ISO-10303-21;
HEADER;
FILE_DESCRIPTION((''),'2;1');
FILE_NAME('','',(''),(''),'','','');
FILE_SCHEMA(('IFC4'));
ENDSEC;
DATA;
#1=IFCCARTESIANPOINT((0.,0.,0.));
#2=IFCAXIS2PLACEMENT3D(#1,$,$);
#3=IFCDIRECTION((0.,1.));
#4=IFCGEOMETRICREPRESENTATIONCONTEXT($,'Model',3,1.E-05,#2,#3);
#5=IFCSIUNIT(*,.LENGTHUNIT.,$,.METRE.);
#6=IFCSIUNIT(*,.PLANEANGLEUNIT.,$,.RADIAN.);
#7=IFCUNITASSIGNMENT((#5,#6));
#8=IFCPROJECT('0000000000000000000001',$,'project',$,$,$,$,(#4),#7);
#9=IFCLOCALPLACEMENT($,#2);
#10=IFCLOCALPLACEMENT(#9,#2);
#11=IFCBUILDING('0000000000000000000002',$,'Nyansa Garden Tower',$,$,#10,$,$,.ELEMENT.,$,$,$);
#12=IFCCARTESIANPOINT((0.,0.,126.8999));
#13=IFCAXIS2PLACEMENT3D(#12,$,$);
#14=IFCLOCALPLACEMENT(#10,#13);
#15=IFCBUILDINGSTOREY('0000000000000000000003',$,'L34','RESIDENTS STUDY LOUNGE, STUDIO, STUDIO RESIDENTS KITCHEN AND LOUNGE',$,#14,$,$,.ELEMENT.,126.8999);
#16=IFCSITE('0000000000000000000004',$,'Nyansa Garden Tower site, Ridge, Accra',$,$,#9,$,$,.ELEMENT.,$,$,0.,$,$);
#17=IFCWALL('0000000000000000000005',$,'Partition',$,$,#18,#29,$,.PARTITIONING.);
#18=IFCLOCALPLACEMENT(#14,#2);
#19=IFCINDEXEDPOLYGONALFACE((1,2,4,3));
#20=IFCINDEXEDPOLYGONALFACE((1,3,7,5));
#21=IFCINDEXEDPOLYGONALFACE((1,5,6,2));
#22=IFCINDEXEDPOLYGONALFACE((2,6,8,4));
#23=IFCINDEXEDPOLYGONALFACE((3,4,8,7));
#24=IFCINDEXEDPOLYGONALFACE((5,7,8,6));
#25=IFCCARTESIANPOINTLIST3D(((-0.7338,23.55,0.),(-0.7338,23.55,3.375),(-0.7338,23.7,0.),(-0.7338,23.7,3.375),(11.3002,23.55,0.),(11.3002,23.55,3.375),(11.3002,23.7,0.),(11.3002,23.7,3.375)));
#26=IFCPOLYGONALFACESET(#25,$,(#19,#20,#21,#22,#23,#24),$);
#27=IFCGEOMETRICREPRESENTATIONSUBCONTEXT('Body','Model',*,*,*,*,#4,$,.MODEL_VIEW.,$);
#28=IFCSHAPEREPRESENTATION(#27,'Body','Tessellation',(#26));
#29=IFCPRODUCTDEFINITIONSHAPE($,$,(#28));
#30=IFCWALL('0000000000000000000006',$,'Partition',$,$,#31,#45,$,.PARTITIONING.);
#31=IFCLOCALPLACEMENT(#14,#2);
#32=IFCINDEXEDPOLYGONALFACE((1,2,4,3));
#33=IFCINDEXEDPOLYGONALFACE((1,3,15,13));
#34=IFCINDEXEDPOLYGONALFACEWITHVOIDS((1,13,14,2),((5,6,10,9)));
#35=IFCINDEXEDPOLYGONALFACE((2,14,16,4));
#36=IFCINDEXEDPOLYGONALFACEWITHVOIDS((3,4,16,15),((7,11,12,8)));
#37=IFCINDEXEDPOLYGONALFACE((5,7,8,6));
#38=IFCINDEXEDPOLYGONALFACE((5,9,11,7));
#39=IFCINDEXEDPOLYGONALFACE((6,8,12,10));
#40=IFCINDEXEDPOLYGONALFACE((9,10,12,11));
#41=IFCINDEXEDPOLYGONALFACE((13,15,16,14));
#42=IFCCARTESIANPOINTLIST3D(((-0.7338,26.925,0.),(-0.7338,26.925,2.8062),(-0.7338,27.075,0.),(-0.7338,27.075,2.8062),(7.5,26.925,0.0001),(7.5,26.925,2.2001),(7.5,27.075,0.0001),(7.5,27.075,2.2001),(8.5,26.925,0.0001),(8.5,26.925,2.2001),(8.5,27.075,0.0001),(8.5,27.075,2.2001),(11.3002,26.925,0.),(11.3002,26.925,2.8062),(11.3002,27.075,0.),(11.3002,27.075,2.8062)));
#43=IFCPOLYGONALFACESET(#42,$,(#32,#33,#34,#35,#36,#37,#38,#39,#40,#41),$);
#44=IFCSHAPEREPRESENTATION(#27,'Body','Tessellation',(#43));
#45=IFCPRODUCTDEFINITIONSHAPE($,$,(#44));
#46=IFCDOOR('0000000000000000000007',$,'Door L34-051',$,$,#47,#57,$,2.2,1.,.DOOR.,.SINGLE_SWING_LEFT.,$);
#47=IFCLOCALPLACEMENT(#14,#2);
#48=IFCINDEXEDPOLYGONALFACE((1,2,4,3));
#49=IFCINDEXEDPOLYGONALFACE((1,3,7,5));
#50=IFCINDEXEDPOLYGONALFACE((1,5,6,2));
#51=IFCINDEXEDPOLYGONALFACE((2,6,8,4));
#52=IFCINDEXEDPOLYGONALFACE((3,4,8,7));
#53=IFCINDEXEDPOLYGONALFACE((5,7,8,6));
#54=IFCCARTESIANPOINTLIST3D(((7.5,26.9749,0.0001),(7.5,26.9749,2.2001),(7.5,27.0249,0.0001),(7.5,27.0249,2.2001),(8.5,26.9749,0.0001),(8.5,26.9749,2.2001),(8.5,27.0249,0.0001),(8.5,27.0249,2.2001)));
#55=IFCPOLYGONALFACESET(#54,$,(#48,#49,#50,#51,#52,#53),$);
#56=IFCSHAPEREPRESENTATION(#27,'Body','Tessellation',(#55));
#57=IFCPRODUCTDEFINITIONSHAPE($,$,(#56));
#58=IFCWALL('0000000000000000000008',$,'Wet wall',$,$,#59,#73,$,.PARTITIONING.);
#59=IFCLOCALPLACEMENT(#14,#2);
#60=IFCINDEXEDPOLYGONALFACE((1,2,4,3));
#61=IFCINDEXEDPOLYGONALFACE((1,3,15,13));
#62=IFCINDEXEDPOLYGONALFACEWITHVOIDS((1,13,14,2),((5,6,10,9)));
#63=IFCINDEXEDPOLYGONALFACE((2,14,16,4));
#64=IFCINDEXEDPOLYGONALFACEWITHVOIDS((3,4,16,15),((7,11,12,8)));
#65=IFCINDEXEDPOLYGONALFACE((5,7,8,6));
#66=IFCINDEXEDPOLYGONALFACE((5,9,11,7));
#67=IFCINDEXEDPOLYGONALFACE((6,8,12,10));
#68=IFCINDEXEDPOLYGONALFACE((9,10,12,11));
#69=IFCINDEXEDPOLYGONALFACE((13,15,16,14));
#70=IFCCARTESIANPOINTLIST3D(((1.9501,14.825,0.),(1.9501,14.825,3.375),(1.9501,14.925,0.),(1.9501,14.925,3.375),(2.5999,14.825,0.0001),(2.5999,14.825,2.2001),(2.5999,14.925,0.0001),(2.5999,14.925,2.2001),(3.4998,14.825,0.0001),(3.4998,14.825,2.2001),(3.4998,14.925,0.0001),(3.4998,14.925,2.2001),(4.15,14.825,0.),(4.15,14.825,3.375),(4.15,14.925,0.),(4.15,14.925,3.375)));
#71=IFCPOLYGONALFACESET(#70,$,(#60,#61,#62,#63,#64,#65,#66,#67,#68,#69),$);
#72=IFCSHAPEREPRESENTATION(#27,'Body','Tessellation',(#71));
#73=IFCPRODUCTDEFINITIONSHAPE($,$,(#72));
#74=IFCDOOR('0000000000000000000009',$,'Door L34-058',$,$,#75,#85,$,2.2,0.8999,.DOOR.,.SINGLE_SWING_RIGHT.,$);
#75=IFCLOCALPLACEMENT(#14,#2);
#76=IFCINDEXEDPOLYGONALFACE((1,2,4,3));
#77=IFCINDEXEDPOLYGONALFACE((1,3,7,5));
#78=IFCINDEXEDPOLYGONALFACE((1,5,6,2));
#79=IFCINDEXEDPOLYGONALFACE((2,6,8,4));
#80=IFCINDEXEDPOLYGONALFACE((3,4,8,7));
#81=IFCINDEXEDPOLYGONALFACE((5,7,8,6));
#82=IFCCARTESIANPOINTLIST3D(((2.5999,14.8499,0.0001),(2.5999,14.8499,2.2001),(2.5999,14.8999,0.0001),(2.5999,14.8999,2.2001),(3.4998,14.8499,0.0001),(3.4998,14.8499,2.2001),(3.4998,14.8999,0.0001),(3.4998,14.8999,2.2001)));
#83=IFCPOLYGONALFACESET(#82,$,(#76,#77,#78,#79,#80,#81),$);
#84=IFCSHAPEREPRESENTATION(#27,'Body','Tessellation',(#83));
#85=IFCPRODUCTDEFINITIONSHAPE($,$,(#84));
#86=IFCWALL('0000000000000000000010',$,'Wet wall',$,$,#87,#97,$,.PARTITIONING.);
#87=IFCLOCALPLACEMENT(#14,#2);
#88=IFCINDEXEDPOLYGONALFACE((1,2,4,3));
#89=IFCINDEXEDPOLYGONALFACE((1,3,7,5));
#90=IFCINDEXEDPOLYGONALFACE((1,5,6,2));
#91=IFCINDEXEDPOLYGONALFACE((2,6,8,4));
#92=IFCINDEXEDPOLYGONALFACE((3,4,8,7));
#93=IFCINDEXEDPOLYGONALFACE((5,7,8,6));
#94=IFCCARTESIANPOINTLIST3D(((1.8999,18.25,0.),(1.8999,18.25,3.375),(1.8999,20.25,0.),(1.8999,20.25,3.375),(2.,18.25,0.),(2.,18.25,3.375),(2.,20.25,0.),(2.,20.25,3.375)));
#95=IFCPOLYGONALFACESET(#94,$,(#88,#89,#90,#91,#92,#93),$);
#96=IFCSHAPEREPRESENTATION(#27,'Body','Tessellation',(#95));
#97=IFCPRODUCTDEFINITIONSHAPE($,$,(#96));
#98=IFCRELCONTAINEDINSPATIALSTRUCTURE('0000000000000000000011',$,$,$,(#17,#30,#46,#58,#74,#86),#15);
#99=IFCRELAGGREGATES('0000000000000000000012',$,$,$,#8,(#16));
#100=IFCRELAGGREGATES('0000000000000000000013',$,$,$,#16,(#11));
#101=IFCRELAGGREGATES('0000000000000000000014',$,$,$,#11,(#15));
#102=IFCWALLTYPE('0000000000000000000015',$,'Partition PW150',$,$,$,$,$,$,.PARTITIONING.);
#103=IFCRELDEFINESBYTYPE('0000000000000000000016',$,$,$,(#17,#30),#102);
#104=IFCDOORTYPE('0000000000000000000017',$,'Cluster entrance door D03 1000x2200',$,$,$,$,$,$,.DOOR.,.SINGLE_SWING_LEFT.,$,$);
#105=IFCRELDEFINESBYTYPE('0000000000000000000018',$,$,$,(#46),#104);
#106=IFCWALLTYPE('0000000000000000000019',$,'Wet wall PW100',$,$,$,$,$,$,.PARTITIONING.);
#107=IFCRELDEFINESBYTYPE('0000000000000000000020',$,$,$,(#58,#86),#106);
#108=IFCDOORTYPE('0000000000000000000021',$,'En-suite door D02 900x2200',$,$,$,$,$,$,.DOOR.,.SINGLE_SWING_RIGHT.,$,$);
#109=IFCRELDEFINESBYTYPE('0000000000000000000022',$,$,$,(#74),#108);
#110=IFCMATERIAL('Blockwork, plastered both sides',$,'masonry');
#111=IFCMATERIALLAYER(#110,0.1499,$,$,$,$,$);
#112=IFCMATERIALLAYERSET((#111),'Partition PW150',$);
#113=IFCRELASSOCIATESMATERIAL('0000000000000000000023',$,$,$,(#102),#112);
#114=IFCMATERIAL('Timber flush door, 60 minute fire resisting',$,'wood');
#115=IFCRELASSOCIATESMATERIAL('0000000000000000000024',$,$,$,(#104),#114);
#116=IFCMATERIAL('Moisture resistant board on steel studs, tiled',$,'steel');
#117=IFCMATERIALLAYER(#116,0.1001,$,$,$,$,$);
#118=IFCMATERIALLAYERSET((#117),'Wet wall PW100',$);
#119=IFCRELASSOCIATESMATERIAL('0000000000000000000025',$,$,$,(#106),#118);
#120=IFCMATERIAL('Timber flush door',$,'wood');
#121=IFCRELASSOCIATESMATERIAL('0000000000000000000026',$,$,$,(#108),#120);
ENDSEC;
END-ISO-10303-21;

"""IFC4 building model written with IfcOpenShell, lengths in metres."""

from ifc_helpers import new_model, si_unit, direction, frame, frame_2d, origin, place, context, subcontext, project, spatial, rectangle, extrude, material, layer, layer_set, type_object, element, fill, save


model = new_model("IFC4")

# Units and contexts
model_context = context("Model", 3, precision=1e-05, world=origin(), true_north=direction((0.0, 1.0)))
body_context = subcontext(model_context, "Body", "Model", "MODEL_VIEW")
ifc_project = project(units=[si_unit("LENGTHUNIT", "METRE"), si_unit("PLANEANGLEUNIT", "RADIAN")], contexts=[model_context])

# Site, building, storey
site_placement = place(None, origin())
site = spatial("IfcSite", under=ifc_project, at=site_placement, Name="Nyansa Garden Tower site, Ridge, Accra", CompositionType="ELEMENT", RefElevation=0.0)
building_placement = place(site_placement, origin())
building = spatial("IfcBuilding", under=site, at=building_placement, Name="Nyansa Garden Tower", CompositionType="ELEMENT")
storey_placement = place(building_placement, frame((0.0, 0.0, 126.8999)))
storey = spatial("IfcBuildingStorey", under=building, at=storey_placement, Name="L34", Description="RESIDENTS STUDY LOUNGE, STUDIO, STUDIO RESIDENTS KITCHEN AND LOUNGE", CompositionType="ELEMENT", Elevation=126.8999)

# Wall
ifc_material_1 = material(Name="Blockwork, plastered both sides", Category="masonry")
ifc_layer_1 = layer(ifc_material_1, 0.1499)
ifc_layer_set_1 = layer_set([ifc_layer_1], Name="Partition PW150")
wall_type_1 = type_object("IfcWallType", Name="Partition PW150", PredefinedType="PARTITIONING", material=ifc_layer_set_1)
wall_1_placement = place(storey_placement, frame((-0.7339, 23.625, 0.0), z_axis=(0.0, 0.0, 1.0), x_axis=(1.0, 0.0, 0.0)))
element("IfcWall", 1, at=wall_1_placement, inside=storey, type_object=wall_type_1, Name="Partition", PredefinedType="PARTITIONING", context=body_context, shape_type="SweptSolid", body=[
    extrude(rectangle(XDim=12.0339, YDim=0.1499, at=frame_2d((6.0171, 0.0))), origin(), (0.0, 0.0, 1.0), 3.375),
])

# Walls, openings, doors
wall_2_placement = place(storey_placement, frame((-0.7339, 27.0, 0.0), z_axis=(0.0, 0.0, 1.0), x_axis=(1.0, 0.0, 0.0)))
wall_2 = element("IfcWall", 2, at=wall_2_placement, inside=storey, type_object=wall_type_1, Name="Partition", PredefinedType="PARTITIONING", context=body_context, shape_type="SweptSolid", body=[
    extrude(rectangle(XDim=12.0339, YDim=0.1499, at=frame_2d((6.0171, 0.0))), origin(), (0.0, 0.0, 1.0), 2.8062),
])
opening_1_placement = place(wall_2_placement, frame((8.2339, 0.0, 0.0)))
opening_1 = element("IfcOpeningElement", 3, at=opening_1_placement, cuts=wall_2, PredefinedType="OPENING", context=body_context, shape_type="SweptSolid", body=[
    extrude(rectangle(XDim=1.0, YDim=2.2, at=frame_2d((0.5, 1.1001))), frame((0.0, 0.085, 0.0), z_axis=(0.0, -1.0, 0.0), x_axis=(1.0, 0.0, 0.0)), (0.0, 0.0, 1.0), 0.1699),
])
ifc_material_2 = material(Name="Timber flush door, 60 minute fire resisting", Category="wood")
door_type_1 = type_object("IfcDoorType", Name="Cluster entrance door D03 1000x2200", OperationType="SINGLE_SWING_LEFT", PredefinedType="DOOR", material=ifc_material_2)
door_1_placement = place(opening_1_placement, origin())
door_1 = element("IfcDoor", 4, at=door_1_placement, inside=storey, type_object=door_type_1, Name="Door L34-051", OperationType="SINGLE_SWING_LEFT", OverallHeight=2.2, OverallWidth=1.0, PredefinedType="DOOR", context=body_context, shape_type="SweptSolid", body=[
    extrude(rectangle(XDim=1.0, YDim=2.2, at=frame_2d((0.5, 1.1001))), frame((0.0, 0.0249, 0.0), z_axis=(0.0, -1.0, 0.0), x_axis=(1.0, 0.0, 0.0)), (0.0, 0.0, 1.0), 0.05),
])
fill(opening_1, door_1)
ifc_material_3 = material(Name="Moisture resistant board on steel studs, tiled", Category="steel")
ifc_layer_2 = layer(ifc_material_3, 0.1001)
ifc_layer_set_2 = layer_set([ifc_layer_2], Name="Wet wall PW100")
wall_type_2 = type_object("IfcWallType", Name="Wet wall PW100", PredefinedType="PARTITIONING", material=ifc_layer_set_2)
wall_3_placement = place(storey_placement, frame((1.95, 14.875, 0.0), z_axis=(0.0, 0.0, 1.0), x_axis=(1.0, 0.0, 0.0)))
wall_3 = element("IfcWall", 5, at=wall_3_placement, inside=storey, type_object=wall_type_2, Name="Wet wall", PredefinedType="PARTITIONING", context=body_context, shape_type="SweptSolid", body=[
    extrude(rectangle(XDim=2.2, YDim=0.1001, at=frame_2d((1.1001, 0.0))), origin(), (0.0, 0.0, 1.0), 3.375),
])
opening_2_placement = place(wall_3_placement, frame((0.6499, 0.0, 0.0)))
opening_2 = element("IfcOpeningElement", 6, at=opening_2_placement, cuts=wall_3, PredefinedType="OPENING", context=body_context, shape_type="SweptSolid", body=[
    extrude(rectangle(XDim=0.8999, YDim=2.2, at=frame_2d((0.45, 1.1001))), frame((0.0, 0.0601, 0.0), z_axis=(0.0, -1.0, 0.0), x_axis=(1.0, 0.0, 0.0)), (0.0, 0.0, 1.0), 0.1201),
])
ifc_material_4 = material(Name="Timber flush door", Category="wood")
door_type_2 = type_object("IfcDoorType", Name="En-suite door D02 900x2200", OperationType="SINGLE_SWING_RIGHT", PredefinedType="DOOR", material=ifc_material_4)
door_2_placement = place(opening_2_placement, origin())
door_2 = element("IfcDoor", 7, at=door_2_placement, inside=storey, type_object=door_type_2, Name="Door L34-058", OperationType="SINGLE_SWING_RIGHT", OverallHeight=2.2, OverallWidth=0.8999, PredefinedType="DOOR", context=body_context, shape_type="SweptSolid", body=[
    extrude(rectangle(XDim=0.8999, YDim=2.2, at=frame_2d((0.45, 1.1001))), frame((0.0, 0.0249, 0.0), z_axis=(0.0, -1.0, 0.0), x_axis=(1.0, 0.0, 0.0)), (0.0, 0.0, 1.0), 0.05),
])
fill(opening_2, door_2)

# Wall
wall_4_placement = place(storey_placement, frame((1.95, 18.25, 0.0), z_axis=(0.0, 0.0, 1.0), x_axis=(0.0, 1.0, 0.0)))
element("IfcWall", 8, at=wall_4_placement, inside=storey, type_object=wall_type_2, Name="Wet wall", PredefinedType="PARTITIONING", context=body_context, shape_type="SweptSolid", body=[
    extrude(rectangle(XDim=2.0, YDim=0.1001, at=frame_2d((1.0, 0.0))), origin(), (0.0, 0.0, 1.0), 3.375),
])

save(model, "model.ifc")
